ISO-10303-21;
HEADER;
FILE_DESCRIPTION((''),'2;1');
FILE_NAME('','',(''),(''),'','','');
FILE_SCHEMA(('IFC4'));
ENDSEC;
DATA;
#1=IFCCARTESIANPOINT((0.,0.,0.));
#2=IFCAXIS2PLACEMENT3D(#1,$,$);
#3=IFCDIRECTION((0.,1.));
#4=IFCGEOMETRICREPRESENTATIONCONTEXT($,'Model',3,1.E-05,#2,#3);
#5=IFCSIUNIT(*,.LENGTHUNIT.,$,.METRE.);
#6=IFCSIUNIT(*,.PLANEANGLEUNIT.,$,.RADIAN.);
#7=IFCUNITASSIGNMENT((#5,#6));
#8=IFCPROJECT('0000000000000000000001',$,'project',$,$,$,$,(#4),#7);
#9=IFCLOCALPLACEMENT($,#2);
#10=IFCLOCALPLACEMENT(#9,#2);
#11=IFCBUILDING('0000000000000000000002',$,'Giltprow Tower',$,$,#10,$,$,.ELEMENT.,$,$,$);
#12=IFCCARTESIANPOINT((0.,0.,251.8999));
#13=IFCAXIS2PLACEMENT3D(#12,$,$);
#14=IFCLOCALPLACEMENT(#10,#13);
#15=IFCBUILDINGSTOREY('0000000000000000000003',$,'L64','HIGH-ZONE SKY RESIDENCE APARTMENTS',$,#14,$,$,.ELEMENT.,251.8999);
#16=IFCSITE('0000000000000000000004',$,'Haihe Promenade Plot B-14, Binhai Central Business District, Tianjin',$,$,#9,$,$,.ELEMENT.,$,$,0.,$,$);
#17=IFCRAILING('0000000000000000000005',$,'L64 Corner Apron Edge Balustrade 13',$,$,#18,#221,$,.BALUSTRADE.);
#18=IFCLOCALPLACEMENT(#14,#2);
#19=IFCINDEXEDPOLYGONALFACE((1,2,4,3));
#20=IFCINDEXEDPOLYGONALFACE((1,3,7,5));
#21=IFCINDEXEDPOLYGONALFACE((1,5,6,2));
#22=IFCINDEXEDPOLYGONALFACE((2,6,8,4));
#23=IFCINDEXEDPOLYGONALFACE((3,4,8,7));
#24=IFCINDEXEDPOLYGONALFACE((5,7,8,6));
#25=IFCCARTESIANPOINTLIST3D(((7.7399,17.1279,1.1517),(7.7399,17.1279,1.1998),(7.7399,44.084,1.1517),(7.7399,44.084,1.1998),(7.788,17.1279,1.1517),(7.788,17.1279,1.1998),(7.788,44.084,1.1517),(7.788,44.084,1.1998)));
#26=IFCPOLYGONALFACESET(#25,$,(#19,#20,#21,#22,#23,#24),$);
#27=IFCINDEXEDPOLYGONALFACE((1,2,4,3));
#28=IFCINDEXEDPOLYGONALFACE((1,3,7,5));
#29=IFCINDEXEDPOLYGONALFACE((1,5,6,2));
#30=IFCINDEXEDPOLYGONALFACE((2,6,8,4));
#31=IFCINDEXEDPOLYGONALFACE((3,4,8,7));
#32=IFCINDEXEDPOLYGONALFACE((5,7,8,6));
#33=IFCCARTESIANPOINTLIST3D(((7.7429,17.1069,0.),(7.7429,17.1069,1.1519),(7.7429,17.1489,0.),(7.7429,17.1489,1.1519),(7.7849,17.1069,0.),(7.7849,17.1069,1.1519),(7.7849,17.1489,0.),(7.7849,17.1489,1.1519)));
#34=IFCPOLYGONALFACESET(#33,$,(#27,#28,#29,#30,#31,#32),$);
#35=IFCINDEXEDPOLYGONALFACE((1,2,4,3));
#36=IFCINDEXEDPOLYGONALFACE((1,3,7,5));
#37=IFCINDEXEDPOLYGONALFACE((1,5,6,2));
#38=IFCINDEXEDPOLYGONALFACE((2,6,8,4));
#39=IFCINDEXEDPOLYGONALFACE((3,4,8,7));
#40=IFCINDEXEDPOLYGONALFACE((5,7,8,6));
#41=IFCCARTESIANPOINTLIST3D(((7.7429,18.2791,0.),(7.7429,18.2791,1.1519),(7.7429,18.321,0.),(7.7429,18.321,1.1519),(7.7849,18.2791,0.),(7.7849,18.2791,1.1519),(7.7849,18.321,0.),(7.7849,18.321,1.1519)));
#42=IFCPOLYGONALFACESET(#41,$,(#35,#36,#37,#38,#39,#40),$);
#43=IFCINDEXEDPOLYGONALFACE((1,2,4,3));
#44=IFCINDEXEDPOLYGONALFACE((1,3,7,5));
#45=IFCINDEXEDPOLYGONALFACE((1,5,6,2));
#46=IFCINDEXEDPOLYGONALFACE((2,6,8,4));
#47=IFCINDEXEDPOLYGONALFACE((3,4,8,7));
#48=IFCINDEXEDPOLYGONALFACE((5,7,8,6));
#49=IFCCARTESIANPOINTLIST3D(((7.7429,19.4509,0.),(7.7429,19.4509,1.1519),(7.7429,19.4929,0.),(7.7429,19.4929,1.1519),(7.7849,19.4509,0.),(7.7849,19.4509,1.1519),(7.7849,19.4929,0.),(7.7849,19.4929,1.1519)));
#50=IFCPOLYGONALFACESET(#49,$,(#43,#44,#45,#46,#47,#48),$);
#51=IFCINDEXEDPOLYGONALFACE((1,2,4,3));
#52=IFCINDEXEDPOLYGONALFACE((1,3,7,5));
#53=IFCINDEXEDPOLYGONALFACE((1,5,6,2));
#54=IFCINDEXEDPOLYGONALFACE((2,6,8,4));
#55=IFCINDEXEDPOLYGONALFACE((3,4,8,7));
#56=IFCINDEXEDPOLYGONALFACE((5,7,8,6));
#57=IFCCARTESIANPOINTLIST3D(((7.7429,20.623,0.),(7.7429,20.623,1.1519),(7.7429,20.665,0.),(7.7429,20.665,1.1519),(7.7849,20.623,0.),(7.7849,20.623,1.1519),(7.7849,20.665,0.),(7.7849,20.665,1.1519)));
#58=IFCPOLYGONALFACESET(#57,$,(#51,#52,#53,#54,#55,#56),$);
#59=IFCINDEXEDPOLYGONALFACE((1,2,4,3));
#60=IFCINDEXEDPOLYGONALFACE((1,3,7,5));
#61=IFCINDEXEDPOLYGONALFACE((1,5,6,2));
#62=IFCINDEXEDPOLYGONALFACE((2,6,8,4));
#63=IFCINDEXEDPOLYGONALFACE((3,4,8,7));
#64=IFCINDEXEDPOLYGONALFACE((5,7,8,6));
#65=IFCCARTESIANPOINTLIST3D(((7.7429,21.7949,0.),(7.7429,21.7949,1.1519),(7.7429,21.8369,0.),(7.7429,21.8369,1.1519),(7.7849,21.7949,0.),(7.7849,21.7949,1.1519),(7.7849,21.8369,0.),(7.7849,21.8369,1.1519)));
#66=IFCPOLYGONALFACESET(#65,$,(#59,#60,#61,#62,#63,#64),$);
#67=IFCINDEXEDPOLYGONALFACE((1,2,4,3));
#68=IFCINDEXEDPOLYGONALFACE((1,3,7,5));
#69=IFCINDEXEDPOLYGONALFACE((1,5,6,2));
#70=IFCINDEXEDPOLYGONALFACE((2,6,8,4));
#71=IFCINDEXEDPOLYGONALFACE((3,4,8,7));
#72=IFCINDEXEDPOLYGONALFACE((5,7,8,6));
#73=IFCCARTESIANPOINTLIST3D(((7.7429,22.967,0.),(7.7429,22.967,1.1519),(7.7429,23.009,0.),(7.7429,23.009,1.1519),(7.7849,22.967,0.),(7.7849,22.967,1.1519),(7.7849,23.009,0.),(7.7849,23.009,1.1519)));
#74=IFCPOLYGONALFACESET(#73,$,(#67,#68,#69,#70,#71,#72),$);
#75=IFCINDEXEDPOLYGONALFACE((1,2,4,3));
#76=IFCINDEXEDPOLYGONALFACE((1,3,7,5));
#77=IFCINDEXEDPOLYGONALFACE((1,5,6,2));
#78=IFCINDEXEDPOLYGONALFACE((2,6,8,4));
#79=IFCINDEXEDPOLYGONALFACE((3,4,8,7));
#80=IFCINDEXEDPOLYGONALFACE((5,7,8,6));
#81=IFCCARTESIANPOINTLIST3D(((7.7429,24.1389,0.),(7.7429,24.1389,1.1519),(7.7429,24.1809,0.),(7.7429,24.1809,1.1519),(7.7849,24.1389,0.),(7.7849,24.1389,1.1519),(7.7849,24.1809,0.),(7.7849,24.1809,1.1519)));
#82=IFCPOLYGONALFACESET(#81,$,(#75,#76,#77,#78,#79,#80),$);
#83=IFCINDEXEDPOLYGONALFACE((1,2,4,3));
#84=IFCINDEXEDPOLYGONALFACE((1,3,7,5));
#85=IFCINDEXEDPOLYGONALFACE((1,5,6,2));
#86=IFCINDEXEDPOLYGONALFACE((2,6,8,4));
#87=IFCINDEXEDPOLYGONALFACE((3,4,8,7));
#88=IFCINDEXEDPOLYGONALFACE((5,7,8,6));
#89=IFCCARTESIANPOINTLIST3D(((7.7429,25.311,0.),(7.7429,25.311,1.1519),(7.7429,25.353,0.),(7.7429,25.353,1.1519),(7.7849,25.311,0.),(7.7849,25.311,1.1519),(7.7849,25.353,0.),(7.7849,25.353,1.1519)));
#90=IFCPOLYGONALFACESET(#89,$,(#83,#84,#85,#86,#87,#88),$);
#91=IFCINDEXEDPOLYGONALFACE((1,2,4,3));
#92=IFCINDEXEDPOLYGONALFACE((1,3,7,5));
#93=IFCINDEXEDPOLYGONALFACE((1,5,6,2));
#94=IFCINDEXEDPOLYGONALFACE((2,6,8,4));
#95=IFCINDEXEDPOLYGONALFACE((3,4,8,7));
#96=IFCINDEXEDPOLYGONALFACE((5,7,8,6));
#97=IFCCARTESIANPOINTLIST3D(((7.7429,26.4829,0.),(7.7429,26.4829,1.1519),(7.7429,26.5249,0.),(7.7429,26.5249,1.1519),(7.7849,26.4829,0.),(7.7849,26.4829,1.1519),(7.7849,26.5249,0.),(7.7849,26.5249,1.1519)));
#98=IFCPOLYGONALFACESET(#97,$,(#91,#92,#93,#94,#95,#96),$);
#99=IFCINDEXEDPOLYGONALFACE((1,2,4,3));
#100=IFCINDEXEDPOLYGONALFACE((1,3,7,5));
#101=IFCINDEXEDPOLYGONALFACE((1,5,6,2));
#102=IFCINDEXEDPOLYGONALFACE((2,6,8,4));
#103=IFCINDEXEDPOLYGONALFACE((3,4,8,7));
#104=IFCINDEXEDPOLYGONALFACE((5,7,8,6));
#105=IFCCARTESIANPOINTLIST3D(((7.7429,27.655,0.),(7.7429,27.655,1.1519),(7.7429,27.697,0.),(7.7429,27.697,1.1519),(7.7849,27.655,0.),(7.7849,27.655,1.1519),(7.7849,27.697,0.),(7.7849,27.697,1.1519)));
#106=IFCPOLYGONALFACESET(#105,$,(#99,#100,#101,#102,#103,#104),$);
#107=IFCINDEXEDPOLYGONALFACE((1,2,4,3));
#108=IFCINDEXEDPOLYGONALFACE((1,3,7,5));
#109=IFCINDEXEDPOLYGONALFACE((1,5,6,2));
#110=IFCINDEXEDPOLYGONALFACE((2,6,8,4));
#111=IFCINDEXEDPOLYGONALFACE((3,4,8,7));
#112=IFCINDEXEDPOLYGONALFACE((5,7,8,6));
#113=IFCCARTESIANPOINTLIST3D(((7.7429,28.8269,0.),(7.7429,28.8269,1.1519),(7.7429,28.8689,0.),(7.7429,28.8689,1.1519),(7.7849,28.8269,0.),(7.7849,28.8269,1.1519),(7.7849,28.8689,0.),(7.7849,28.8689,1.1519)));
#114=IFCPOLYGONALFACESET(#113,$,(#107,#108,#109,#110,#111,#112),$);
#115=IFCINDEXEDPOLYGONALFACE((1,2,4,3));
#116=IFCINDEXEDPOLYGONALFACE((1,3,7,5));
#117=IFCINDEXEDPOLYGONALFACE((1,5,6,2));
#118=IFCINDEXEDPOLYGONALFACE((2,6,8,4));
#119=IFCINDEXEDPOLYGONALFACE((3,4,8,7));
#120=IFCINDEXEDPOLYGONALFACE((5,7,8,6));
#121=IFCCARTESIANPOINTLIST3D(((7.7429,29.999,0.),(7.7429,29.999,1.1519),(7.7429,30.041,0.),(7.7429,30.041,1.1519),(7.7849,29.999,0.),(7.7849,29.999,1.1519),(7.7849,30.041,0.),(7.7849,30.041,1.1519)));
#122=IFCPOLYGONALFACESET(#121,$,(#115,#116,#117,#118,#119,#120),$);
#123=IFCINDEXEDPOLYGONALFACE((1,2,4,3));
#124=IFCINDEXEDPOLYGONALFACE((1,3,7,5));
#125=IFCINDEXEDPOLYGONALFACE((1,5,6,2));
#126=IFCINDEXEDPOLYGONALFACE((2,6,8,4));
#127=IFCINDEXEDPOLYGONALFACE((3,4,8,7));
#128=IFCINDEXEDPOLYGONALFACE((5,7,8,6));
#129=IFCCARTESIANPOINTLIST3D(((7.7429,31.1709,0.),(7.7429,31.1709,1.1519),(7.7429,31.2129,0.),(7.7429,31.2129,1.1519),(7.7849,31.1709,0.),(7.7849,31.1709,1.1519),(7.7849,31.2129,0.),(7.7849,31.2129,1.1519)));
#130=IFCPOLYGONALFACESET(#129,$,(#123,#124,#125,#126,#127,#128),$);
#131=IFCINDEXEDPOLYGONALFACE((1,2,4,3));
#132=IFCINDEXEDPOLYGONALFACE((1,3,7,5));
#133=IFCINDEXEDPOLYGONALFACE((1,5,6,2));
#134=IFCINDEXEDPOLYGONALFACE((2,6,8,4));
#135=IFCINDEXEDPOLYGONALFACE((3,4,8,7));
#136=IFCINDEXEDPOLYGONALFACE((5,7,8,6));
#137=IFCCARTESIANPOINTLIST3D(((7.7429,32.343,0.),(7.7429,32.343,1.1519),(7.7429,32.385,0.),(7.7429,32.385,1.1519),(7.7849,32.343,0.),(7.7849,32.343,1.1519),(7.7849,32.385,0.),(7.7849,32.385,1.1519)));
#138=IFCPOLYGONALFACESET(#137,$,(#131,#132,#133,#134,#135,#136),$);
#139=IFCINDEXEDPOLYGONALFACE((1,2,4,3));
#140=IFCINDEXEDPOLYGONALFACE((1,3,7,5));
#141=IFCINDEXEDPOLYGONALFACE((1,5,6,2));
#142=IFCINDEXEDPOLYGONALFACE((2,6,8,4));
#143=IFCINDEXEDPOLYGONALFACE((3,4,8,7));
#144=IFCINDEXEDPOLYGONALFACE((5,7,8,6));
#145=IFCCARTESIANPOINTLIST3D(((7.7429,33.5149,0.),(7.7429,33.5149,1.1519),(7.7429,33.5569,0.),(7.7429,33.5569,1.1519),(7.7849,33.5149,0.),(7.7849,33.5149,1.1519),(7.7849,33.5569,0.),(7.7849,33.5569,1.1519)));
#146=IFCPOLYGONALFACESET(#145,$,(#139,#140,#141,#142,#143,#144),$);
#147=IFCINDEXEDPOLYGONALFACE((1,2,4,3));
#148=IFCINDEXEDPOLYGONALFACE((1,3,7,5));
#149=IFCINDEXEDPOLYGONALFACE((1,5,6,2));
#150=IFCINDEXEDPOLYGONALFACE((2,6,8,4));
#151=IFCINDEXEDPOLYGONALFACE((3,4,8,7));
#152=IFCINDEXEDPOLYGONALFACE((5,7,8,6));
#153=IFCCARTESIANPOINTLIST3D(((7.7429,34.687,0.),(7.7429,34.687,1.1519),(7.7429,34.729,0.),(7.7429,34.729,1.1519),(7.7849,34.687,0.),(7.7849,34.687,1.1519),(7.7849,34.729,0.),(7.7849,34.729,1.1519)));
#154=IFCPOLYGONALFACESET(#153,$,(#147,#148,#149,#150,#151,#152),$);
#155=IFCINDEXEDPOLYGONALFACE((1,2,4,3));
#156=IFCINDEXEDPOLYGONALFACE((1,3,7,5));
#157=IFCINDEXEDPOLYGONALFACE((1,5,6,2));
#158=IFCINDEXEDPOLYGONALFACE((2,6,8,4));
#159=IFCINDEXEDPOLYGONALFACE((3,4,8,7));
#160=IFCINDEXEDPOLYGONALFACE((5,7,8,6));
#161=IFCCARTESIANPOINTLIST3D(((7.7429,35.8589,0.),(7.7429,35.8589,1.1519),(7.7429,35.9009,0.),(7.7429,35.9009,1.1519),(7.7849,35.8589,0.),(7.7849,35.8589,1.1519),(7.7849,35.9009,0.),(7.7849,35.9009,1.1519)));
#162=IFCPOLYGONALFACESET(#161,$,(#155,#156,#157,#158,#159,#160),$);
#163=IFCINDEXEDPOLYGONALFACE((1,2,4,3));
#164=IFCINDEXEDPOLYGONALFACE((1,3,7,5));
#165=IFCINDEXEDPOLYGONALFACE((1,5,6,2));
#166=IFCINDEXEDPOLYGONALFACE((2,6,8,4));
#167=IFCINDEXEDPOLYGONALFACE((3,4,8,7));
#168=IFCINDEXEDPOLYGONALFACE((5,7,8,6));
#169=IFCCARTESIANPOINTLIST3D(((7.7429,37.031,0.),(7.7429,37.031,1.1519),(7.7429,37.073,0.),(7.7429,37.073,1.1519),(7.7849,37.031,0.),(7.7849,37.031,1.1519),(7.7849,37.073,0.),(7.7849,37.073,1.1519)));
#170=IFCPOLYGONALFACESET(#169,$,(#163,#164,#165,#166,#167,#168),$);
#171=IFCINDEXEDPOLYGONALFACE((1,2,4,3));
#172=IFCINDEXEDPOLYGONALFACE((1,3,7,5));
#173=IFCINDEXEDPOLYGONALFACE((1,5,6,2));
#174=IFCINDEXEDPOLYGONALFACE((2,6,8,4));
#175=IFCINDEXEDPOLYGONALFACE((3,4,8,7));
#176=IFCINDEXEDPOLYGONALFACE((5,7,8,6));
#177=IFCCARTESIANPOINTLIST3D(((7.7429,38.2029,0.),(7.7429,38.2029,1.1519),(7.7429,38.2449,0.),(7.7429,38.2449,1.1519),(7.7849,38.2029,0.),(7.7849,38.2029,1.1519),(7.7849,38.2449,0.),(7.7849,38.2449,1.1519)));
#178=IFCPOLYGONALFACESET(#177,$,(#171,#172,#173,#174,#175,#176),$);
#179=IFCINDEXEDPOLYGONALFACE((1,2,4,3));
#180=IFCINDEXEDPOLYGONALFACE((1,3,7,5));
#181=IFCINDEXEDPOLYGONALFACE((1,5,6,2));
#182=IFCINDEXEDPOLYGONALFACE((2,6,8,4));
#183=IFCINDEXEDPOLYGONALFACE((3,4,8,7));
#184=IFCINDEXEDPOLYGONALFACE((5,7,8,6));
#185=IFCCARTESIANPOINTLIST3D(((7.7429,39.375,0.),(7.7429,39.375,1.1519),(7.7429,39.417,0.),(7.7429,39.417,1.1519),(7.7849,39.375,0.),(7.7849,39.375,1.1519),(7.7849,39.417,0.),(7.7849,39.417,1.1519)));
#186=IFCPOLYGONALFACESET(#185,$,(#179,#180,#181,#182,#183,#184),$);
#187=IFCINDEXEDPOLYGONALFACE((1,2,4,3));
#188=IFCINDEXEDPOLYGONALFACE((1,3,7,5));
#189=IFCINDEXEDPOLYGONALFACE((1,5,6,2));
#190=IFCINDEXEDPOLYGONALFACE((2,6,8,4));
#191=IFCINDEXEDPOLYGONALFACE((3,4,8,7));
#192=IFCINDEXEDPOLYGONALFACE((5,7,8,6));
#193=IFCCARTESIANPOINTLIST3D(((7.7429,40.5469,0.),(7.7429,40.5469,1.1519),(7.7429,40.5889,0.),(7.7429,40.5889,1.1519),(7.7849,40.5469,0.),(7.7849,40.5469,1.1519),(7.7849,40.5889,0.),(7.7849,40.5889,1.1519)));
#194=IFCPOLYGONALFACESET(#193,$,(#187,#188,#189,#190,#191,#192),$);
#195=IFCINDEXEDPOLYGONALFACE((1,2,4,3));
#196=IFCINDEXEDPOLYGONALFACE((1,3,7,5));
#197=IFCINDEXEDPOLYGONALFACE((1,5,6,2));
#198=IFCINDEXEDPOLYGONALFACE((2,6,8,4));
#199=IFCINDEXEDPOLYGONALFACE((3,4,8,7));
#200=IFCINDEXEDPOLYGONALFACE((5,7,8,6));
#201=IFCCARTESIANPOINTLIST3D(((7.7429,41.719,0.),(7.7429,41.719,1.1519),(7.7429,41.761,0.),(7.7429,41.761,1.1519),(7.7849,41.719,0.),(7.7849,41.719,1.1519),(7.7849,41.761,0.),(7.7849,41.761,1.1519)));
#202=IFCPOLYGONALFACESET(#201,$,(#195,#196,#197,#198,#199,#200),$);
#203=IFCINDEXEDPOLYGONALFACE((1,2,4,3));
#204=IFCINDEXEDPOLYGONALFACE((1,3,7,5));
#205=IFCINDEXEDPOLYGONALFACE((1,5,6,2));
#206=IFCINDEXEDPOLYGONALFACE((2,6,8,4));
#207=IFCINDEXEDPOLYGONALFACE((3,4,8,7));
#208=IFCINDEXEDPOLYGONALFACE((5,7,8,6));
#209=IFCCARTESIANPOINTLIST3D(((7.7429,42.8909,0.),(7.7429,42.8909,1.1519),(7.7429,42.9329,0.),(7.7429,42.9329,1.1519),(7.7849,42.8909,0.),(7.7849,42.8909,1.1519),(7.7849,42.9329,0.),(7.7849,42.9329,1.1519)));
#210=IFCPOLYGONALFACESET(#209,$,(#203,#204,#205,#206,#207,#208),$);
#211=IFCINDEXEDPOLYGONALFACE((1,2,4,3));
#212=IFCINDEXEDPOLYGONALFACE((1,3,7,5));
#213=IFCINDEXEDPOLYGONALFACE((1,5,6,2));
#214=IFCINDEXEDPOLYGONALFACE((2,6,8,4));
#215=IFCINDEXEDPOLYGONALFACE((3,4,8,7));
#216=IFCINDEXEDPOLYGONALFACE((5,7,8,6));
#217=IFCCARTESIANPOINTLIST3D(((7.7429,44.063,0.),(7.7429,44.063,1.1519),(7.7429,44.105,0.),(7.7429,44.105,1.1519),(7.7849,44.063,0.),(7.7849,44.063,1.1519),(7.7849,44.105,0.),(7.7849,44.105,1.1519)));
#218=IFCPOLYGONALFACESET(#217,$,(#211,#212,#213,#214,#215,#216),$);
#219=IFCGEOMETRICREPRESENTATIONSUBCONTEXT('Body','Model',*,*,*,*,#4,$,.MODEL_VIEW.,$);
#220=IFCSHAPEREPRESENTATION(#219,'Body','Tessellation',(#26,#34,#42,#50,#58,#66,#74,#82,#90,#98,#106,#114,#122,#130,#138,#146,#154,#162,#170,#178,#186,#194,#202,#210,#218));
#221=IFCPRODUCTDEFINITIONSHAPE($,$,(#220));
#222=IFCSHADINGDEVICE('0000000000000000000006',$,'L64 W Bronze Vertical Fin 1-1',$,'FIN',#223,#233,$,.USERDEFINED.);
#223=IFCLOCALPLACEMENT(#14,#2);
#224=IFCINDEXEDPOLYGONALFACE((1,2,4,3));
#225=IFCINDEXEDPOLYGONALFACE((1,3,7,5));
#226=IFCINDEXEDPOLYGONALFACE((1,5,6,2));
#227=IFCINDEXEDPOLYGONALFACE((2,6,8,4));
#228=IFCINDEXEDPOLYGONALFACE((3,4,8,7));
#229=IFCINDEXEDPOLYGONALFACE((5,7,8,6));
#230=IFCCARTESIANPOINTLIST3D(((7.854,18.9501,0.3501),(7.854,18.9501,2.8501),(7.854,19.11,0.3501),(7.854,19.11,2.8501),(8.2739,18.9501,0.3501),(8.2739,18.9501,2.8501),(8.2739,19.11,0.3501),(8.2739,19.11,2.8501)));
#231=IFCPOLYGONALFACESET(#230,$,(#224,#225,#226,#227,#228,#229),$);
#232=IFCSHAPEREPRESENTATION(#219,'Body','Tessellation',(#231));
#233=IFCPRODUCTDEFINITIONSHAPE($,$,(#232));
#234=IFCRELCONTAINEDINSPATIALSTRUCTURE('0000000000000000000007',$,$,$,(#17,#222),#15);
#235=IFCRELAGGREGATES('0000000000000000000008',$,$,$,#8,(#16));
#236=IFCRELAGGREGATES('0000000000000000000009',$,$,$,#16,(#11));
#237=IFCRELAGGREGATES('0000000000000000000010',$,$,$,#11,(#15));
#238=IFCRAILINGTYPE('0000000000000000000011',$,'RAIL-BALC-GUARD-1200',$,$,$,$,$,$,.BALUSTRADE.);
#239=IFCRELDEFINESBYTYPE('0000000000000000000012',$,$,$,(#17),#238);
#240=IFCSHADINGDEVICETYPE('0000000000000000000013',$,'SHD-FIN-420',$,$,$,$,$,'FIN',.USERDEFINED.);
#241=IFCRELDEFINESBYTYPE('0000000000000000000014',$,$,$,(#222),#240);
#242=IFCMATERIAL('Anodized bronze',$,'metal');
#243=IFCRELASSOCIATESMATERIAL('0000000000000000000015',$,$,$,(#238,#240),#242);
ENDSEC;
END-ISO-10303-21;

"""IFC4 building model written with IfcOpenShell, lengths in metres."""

from ifc_helpers import new_model, si_unit, direction, frame, origin, origin_2d, place, context, subcontext, project, spatial, rectangle, extrude, source, transform, mapped, material, type_object, element, save


model = new_model("IFC4")

# Units and contexts
model_context = context("Model", 3, precision=1e-05, world=origin(), true_north=direction((0.0, 1.0)))
body_context = subcontext(model_context, "Body", "Model", "MODEL_VIEW")
ifc_project = project(units=[si_unit("LENGTHUNIT", "METRE"), si_unit("PLANEANGLEUNIT", "RADIAN")], contexts=[model_context])

# Site, building, storey
site_placement = place(None, origin())
site = spatial("IfcSite", under=ifc_project, at=site_placement, Name="Haihe Promenade Plot B-14, Binhai Central Business District, Tianjin", CompositionType="ELEMENT", RefElevation=0.0)
building_placement = place(site_placement, origin())
building = spatial("IfcBuilding", under=site, at=building_placement, Name="Giltprow Tower", CompositionType="ELEMENT")
storey_placement = place(building_placement, frame((0.0, 0.0, 251.8999)))
storey = spatial("IfcBuildingStorey", under=building, at=storey_placement, Name="L64", Description="HIGH-ZONE SKY RESIDENCE APARTMENTS", CompositionType="ELEMENT", Elevation=251.8999)

# Shared definitions
ifc_material_1 = material(Name="Anodized bronze", Category="metal")

# Railing
railing_type = type_object("IfcRailingType", Name="RAIL-BALC-GUARD-1200", PredefinedType="BALUSTRADE", material=ifc_material_1)
railing_1_placement = place(storey_placement, frame((7.7639, 17.1279, 0.0)))
element("IfcRailing", 1, at=railing_1_placement, inside=storey, type_object=railing_type, Name="L64 Corner Apron Edge Balustrade 13", PredefinedType="BALUSTRADE", context=body_context, shape_type="SweptSolid", body=[
    extrude(rectangle(XDim=0.0481, YDim=0.0481, at=origin_2d()), frame((0.0, 0.0, 1.1758), z_axis=(0.0, 1.0, 0.0), x_axis=(-1.0, 0.0, 0.0)), (0.0, 0.0, 1.0), 26.9561),
    extrude(rectangle(XDim=0.042, YDim=0.042, at=origin_2d()), origin(), (0.0, 0.0, 1.0), 1.1519),
    extrude(rectangle(XDim=0.042, YDim=0.042, at=origin_2d()), frame((0.0, 1.1721, 0.0)), (0.0, 0.0, 1.0), 1.1519),
    extrude(rectangle(XDim=0.042, YDim=0.042, at=origin_2d()), frame((0.0, 2.344, 0.0)), (0.0, 0.0, 1.0), 1.1519),
    extrude(rectangle(XDim=0.042, YDim=0.042, at=origin_2d()), frame((0.0, 3.5161, 0.0)), (0.0, 0.0, 1.0), 1.1519),
    extrude(rectangle(XDim=0.042, YDim=0.042, at=origin_2d()), frame((0.0, 4.688, 0.0)), (0.0, 0.0, 1.0), 1.1519),
    extrude(rectangle(XDim=0.042, YDim=0.042, at=origin_2d()), frame((0.0, 5.8601, 0.0)), (0.0, 0.0, 1.0), 1.1519),
    extrude(rectangle(XDim=0.042, YDim=0.042, at=origin_2d()), frame((0.0, 7.032, 0.0)), (0.0, 0.0, 1.0), 1.1519),
    extrude(rectangle(XDim=0.042, YDim=0.042, at=origin_2d()), frame((0.0, 8.2041, 0.0)), (0.0, 0.0, 1.0), 1.1519),
    extrude(rectangle(XDim=0.042, YDim=0.042, at=origin_2d()), frame((0.0, 9.376, 0.0)), (0.0, 0.0, 1.0), 1.1519),
    extrude(rectangle(XDim=0.042, YDim=0.042, at=origin_2d()), frame((0.0, 10.5481, 0.0)), (0.0, 0.0, 1.0), 1.1519),
    extrude(rectangle(XDim=0.042, YDim=0.042, at=origin_2d()), frame((0.0, 11.72, 0.0)), (0.0, 0.0, 1.0), 1.1519),
    extrude(rectangle(XDim=0.042, YDim=0.042, at=origin_2d()), frame((0.0, 12.8921, 0.0)), (0.0, 0.0, 1.0), 1.1519),
    extrude(rectangle(XDim=0.042, YDim=0.042, at=origin_2d()), frame((0.0, 14.064, 0.0)), (0.0, 0.0, 1.0), 1.1519),
    extrude(rectangle(XDim=0.042, YDim=0.042, at=origin_2d()), frame((0.0, 15.2361, 0.0)), (0.0, 0.0, 1.0), 1.1519),
    extrude(rectangle(XDim=0.042, YDim=0.042, at=origin_2d()), frame((0.0, 16.408, 0.0)), (0.0, 0.0, 1.0), 1.1519),
    extrude(rectangle(XDim=0.042, YDim=0.042, at=origin_2d()), frame((0.0, 17.5801, 0.0)), (0.0, 0.0, 1.0), 1.1519),
    extrude(rectangle(XDim=0.042, YDim=0.042, at=origin_2d()), frame((0.0, 18.752, 0.0)), (0.0, 0.0, 1.0), 1.1519),
    extrude(rectangle(XDim=0.042, YDim=0.042, at=origin_2d()), frame((0.0, 19.9241, 0.0)), (0.0, 0.0, 1.0), 1.1519),
    extrude(rectangle(XDim=0.042, YDim=0.042, at=origin_2d()), frame((0.0, 21.0959, 0.0)), (0.0, 0.0, 1.0), 1.1519),
    extrude(rectangle(XDim=0.042, YDim=0.042, at=origin_2d()), frame((0.0, 22.2681, 0.0)), (0.0, 0.0, 1.0), 1.1519),
    extrude(rectangle(XDim=0.042, YDim=0.042, at=origin_2d()), frame((0.0, 23.4399, 0.0)), (0.0, 0.0, 1.0), 1.1519),
    extrude(rectangle(XDim=0.042, YDim=0.042, at=origin_2d()), frame((0.0, 24.6121, 0.0)), (0.0, 0.0, 1.0), 1.1519),
    extrude(rectangle(XDim=0.042, YDim=0.042, at=origin_2d()), frame((0.0, 25.7839, 0.0)), (0.0, 0.0, 1.0), 1.1519),
    extrude(rectangle(XDim=0.042, YDim=0.042, at=origin_2d()), frame((0.0, 26.9561, 0.0)), (0.0, 0.0, 1.0), 1.1519),
])

# Shading device
shading_device_type = type_object("IfcShadingDeviceType", Name="SHD-FIN-420", ElementType="FIN", PredefinedType="USERDEFINED", material=ifc_material_1)
shared_shape_1 = source(origin(), body_context, "Body", "SweptSolid", [
    extrude(rectangle(XDim=0.4199, YDim=0.1599, at=origin_2d()), origin(), (0.0, 0.0, 1.0), 2.5),
])
shading_device_placement = place(storey_placement, frame((8.064, 19.03, 0.3501), z_axis=(0.0, 0.0, 1.0), x_axis=(1.0, 0.0, 0.0)))
element("IfcShadingDevice", 2, at=shading_device_placement, inside=storey, type_object=shading_device_type, Name="L64 W Bronze Vertical Fin 1-1", ObjectType="FIN", PredefinedType="USERDEFINED", context=body_context, shape_type="MappedRepresentation", body=[
    mapped(shared_shape_1, transform((0.0, 0.0, 0.0), x_axis=(1.0, 0.0, 0.0), y_axis=(0.0, 1.0, 0.0), z_axis=(0.0, 0.0, 1.0), scale=1.0)),
])

save(model, "model.ifc")
